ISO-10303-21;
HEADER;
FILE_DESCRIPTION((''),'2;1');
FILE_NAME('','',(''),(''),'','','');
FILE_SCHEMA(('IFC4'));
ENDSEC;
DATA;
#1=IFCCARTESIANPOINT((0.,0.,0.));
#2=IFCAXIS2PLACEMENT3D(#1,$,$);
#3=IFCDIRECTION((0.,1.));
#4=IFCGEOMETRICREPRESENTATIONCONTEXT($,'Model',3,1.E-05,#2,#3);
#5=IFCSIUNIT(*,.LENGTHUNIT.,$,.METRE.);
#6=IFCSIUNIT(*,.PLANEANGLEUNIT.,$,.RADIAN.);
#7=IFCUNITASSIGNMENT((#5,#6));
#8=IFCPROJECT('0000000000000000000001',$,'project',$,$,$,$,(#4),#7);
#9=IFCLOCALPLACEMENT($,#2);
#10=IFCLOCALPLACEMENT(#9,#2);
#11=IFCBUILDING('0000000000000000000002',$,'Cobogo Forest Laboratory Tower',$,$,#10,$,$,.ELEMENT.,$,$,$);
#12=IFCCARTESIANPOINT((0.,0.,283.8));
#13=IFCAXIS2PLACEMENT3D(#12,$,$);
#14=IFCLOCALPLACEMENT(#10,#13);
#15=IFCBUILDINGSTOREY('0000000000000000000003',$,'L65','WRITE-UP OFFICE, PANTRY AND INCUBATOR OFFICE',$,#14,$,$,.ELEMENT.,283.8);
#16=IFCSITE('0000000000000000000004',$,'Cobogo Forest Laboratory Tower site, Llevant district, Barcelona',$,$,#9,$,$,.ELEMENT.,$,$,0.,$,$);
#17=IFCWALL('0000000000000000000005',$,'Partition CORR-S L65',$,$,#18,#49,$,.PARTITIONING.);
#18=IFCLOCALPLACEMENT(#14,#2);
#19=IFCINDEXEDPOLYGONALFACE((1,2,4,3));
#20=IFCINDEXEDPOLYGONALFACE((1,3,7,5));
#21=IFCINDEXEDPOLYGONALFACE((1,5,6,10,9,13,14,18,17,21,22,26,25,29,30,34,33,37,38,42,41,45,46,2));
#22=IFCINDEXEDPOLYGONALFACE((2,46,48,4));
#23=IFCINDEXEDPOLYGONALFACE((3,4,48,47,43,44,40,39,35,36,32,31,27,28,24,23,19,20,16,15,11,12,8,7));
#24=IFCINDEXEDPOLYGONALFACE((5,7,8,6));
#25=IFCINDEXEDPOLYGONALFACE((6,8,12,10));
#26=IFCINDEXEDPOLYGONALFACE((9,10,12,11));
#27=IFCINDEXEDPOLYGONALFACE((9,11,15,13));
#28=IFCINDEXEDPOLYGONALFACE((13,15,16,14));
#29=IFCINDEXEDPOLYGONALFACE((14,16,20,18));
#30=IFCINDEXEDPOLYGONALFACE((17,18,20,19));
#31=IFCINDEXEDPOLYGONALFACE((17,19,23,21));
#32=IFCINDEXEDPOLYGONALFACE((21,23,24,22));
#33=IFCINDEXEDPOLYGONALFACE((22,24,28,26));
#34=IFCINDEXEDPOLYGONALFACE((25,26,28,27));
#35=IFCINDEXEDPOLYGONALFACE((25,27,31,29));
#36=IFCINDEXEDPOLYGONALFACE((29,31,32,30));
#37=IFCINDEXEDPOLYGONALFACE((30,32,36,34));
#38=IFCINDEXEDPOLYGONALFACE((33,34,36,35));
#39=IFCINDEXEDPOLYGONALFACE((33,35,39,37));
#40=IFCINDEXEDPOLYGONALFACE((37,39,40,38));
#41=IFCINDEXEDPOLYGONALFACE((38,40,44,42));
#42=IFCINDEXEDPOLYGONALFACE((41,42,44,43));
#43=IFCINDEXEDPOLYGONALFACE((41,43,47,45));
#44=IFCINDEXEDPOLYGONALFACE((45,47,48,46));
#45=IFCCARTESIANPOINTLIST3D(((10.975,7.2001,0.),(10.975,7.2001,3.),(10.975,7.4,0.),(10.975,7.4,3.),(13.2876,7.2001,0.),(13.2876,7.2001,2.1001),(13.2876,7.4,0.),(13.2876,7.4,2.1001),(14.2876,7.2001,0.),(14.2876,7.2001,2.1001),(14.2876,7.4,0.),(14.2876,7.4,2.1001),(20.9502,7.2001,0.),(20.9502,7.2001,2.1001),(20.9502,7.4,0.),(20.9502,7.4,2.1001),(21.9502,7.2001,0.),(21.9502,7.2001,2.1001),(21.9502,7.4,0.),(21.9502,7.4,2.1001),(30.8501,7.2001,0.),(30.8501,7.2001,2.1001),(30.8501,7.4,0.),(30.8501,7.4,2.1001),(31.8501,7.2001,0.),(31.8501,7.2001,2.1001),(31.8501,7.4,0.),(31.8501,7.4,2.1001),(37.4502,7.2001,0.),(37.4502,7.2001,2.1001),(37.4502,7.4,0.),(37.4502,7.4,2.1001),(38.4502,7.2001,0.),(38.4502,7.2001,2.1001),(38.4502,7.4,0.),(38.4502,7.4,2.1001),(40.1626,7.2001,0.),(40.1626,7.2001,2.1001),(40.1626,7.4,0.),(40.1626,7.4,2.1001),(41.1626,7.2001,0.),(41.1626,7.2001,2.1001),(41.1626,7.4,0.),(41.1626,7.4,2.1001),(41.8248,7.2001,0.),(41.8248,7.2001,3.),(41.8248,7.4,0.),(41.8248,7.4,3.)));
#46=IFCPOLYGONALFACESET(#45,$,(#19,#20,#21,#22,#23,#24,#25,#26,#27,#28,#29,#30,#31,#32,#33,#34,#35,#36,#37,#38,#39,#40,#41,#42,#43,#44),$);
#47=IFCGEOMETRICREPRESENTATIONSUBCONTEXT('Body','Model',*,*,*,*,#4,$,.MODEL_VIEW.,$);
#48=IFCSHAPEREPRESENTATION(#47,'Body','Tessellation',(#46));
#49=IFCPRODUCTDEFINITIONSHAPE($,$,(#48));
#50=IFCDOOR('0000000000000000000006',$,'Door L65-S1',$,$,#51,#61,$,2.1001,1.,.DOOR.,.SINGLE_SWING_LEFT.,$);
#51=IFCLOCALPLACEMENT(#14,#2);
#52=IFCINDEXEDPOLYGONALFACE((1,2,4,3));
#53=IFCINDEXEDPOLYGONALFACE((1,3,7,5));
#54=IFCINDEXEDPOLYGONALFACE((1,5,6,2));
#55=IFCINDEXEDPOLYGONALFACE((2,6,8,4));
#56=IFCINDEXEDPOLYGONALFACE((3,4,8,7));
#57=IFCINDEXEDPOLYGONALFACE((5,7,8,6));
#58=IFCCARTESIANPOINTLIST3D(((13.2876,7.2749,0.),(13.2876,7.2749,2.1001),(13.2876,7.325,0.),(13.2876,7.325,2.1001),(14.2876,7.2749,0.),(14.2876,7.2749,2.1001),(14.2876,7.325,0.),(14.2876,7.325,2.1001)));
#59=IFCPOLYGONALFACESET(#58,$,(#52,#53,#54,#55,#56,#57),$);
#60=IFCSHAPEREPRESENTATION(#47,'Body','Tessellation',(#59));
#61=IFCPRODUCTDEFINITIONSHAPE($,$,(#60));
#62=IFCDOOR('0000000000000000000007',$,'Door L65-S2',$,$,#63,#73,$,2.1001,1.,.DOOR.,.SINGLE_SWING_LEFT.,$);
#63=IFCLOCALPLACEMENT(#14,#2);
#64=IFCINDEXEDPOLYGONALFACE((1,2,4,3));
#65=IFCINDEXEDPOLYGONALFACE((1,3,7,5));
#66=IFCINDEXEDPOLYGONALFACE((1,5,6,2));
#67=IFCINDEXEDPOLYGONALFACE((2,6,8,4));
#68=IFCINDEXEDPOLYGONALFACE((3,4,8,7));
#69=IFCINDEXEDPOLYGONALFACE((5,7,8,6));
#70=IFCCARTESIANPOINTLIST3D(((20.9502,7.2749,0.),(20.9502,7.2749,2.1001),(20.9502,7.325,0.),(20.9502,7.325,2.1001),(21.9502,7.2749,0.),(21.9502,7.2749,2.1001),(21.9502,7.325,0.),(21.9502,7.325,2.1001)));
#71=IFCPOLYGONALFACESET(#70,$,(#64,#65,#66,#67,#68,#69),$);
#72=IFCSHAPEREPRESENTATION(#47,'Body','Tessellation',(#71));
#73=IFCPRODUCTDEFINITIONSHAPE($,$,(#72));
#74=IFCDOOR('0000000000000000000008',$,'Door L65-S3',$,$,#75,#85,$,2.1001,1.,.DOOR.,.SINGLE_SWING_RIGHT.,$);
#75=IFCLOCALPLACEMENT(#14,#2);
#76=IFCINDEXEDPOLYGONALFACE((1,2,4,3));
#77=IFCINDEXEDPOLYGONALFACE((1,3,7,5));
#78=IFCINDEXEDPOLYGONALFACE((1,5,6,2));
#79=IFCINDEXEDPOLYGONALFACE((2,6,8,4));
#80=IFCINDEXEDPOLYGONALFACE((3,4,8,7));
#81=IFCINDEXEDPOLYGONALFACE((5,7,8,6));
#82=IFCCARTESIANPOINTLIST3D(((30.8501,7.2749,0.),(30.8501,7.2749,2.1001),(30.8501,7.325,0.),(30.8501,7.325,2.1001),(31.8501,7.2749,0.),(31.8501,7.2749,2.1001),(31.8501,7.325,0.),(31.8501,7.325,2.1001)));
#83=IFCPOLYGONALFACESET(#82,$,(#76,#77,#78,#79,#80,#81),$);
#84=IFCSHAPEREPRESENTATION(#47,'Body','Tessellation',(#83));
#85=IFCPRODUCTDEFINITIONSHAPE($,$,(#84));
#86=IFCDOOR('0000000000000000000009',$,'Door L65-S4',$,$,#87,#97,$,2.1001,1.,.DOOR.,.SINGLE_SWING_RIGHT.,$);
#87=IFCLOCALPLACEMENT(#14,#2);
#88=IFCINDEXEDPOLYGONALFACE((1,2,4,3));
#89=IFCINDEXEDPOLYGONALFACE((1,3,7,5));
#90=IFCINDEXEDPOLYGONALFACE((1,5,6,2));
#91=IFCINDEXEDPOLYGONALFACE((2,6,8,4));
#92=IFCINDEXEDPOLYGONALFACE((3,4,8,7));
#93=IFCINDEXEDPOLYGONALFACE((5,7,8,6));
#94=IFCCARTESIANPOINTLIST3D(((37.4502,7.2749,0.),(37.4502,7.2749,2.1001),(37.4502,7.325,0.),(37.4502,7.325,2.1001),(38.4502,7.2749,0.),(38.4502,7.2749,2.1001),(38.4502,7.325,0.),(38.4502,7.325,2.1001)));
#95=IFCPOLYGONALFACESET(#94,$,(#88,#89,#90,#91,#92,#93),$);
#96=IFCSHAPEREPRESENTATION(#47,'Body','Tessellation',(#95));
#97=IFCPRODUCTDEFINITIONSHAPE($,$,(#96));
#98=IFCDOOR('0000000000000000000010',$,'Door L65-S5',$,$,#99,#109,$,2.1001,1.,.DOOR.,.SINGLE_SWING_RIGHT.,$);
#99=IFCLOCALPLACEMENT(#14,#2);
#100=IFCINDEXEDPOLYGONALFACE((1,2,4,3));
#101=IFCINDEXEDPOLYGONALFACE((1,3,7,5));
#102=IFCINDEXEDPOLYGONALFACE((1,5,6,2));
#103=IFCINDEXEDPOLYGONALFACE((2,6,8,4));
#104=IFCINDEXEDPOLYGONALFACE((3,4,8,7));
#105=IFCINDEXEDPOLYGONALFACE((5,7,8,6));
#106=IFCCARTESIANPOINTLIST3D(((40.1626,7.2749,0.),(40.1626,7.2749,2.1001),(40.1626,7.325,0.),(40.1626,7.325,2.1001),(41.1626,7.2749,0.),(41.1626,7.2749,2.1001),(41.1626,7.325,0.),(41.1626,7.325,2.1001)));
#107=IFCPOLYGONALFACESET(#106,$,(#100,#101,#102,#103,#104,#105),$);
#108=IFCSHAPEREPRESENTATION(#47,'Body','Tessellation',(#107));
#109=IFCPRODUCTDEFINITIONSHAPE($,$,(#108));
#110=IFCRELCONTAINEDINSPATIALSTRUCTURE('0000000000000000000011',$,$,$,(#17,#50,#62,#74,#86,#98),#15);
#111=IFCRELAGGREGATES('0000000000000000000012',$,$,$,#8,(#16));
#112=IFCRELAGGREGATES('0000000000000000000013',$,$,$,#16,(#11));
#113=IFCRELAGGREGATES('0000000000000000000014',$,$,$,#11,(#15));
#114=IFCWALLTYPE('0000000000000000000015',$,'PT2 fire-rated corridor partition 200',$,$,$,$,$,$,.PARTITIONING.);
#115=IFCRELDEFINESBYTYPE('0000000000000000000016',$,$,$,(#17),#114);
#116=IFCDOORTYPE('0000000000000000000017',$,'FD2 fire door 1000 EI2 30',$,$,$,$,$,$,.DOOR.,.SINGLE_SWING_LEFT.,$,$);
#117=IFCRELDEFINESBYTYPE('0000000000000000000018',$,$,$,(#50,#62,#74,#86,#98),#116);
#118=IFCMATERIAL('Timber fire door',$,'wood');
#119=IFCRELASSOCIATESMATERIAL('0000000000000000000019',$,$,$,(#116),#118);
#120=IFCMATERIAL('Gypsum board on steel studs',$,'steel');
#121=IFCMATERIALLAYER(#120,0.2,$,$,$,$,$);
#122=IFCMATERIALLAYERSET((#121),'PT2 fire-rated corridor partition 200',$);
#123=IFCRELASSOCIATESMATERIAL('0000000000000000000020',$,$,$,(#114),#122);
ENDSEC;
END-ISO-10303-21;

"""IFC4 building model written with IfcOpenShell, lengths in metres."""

from ifc_helpers import new_model, si_unit, direction, frame, frame_2d, origin, place, context, subcontext, project, spatial, rectangle, extrude, material, layer, layer_set, type_object, element, fill, save


model = new_model("IFC4")

# Units and contexts
model_context = context("Model", 3, precision=1e-05, world=origin(), true_north=direction((0.0, 1.0)))
body_context = subcontext(model_context, "Body", "Model", "MODEL_VIEW")
ifc_project = project(units=[si_unit("LENGTHUNIT", "METRE"), si_unit("PLANEANGLEUNIT", "RADIAN")], contexts=[model_context])

# Site, building, storey
site_placement = place(None, origin())
site = spatial("IfcSite", under=ifc_project, at=site_placement, Name="Cobogo Forest Laboratory Tower site, Llevant district, Barcelona", CompositionType="ELEMENT", RefElevation=0.0)
building_placement = place(site_placement, origin())
building = spatial("IfcBuilding", under=site, at=building_placement, Name="Cobogo Forest Laboratory Tower", CompositionType="ELEMENT")
storey_placement = place(building_placement, frame((0.0, 0.0, 283.8)))
storey = spatial("IfcBuildingStorey", under=building, at=storey_placement, Name="L65", Description="WRITE-UP OFFICE, PANTRY AND INCUBATOR OFFICE", CompositionType="ELEMENT", Elevation=283.8)

# Shared definitions
ifc_material_1 = material(Name="Gypsum board on steel studs", Category="steel")
ifc_material_2 = material(Name="Timber fire door", Category="wood")
door_type_1 = type_object("IfcDoorType", Name="FD2 fire door 1000 EI2 30", OperationType="SINGLE_SWING_LEFT", PredefinedType="DOOR", material=ifc_material_2)

# Wall, openings, doors
ifc_layer_1 = layer(ifc_material_1, 0.2)
ifc_layer_set_1 = layer_set([ifc_layer_1], Name="PT2 fire-rated corridor partition 200")
wall_type_1 = type_object("IfcWallType", Name="PT2 fire-rated corridor partition 200", PredefinedType="PARTITIONING", material=ifc_layer_set_1)
wall_1_placement = place(storey_placement, frame((10.9751, 7.3, 0.0), z_axis=(0.0, 0.0, 1.0), x_axis=(1.0, 0.0, 0.0)))
wall_1 = element("IfcWall", 1, at=wall_1_placement, inside=storey, type_object=wall_type_1, Name="Partition CORR-S L65", PredefinedType="PARTITIONING", context=body_context, shape_type="SweptSolid", body=[
    extrude(rectangle(XDim=30.8499, YDim=0.2, at=frame_2d((15.4248, 0.0))), origin(), (0.0, 0.0, 1.0), 3.0),
])
opening_1_placement = place(wall_1_placement, frame((2.3125, 0.0, 0.0)))
opening_1 = element("IfcOpeningElement", 2, at=opening_1_placement, cuts=wall_1, PredefinedType="OPENING", context=body_context, shape_type="SweptSolid", body=[
    extrude(rectangle(XDim=1.0, YDim=2.1001, at=frame_2d((0.5, 1.05))), frame((0.0, 0.1099, 0.0), z_axis=(0.0, -1.0, 0.0), x_axis=(1.0, 0.0, 0.0)), (0.0, 0.0, 1.0), 0.22),
])
opening_2_placement = place(wall_1_placement, frame((9.9751, 0.0, 0.0)))
opening_2 = element("IfcOpeningElement", 3, at=opening_2_placement, cuts=wall_1, PredefinedType="OPENING", context=body_context, shape_type="SweptSolid", body=[
    extrude(rectangle(XDim=1.0, YDim=2.1001, at=frame_2d((0.5, 1.05))), frame((0.0, 0.1099, 0.0), z_axis=(0.0, -1.0, 0.0), x_axis=(1.0, 0.0, 0.0)), (0.0, 0.0, 1.0), 0.22),
])
opening_3_placement = place(wall_1_placement, frame((19.875, 0.0, 0.0)))
opening_3 = element("IfcOpeningElement", 4, at=opening_3_placement, cuts=wall_1, PredefinedType="OPENING", context=body_context, shape_type="SweptSolid", body=[
    extrude(rectangle(XDim=1.0, YDim=2.1001, at=frame_2d((0.5, 1.05))), frame((0.0, 0.1099, 0.0), z_axis=(0.0, -1.0, 0.0), x_axis=(1.0, 0.0, 0.0)), (0.0, 0.0, 1.0), 0.22),
])
opening_4_placement = place(wall_1_placement, frame((26.4751, 0.0, 0.0)))
opening_4 = element("IfcOpeningElement", 5, at=opening_4_placement, cuts=wall_1, PredefinedType="OPENING", context=body_context, shape_type="SweptSolid", body=[
    extrude(rectangle(XDim=1.0, YDim=2.1001, at=frame_2d((0.5, 1.05))), frame((0.0, 0.1099, 0.0), z_axis=(0.0, -1.0, 0.0), x_axis=(1.0, 0.0, 0.0)), (0.0, 0.0, 1.0), 0.22),
])
opening_5_placement = place(wall_1_placement, frame((29.1875, 0.0, 0.0)))
opening_5 = element("IfcOpeningElement", 6, at=opening_5_placement, cuts=wall_1, PredefinedType="OPENING", context=body_context, shape_type="SweptSolid", body=[
    extrude(rectangle(XDim=1.0, YDim=2.1001, at=frame_2d((0.5, 1.05))), frame((0.0, 0.1099, 0.0), z_axis=(0.0, -1.0, 0.0), x_axis=(1.0, 0.0, 0.0)), (0.0, 0.0, 1.0), 0.22),
])
door_1_placement = place(opening_1_placement, origin())
door_1 = element("IfcDoor", 7, at=door_1_placement, inside=storey, type_object=door_type_1, Name="Door L65-S1", OperationType="SINGLE_SWING_LEFT", OverallHeight=2.1001, OverallWidth=1.0, PredefinedType="DOOR", context=body_context, shape_type="SweptSolid", body=[
    extrude(rectangle(XDim=1.0, YDim=2.1001, at=frame_2d((0.5, 1.05))), frame((0.0, 0.0249, 0.0), z_axis=(0.0, -1.0, 0.0), x_axis=(1.0, 0.0, 0.0)), (0.0, 0.0, 1.0), 0.05),
])
fill(opening_1, door_1)
door_2_placement = place(opening_2_placement, origin())
door_2 = element("IfcDoor", 8, at=door_2_placement, inside=storey, type_object=door_type_1, Name="Door L65-S2", OperationType="SINGLE_SWING_LEFT", OverallHeight=2.1001, OverallWidth=1.0, PredefinedType="DOOR", context=body_context, shape_type="SweptSolid", body=[
    extrude(rectangle(XDim=1.0, YDim=2.1001, at=frame_2d((0.5, 1.05))), frame((0.0, 0.0249, 0.0), z_axis=(0.0, -1.0, 0.0), x_axis=(1.0, 0.0, 0.0)), (0.0, 0.0, 1.0), 0.05),
])
fill(opening_2, door_2)
door_3_placement = place(opening_3_placement, origin())
door_3 = element("IfcDoor", 9, at=door_3_placement, inside=storey, type_object=door_type_1, Name="Door L65-S3", OperationType="SINGLE_SWING_RIGHT", OverallHeight=2.1001, OverallWidth=1.0, PredefinedType="DOOR", context=body_context, shape_type="SweptSolid", body=[
    extrude(rectangle(XDim=1.0, YDim=2.1001, at=frame_2d((0.5, 1.05))), frame((0.0, 0.0249, 0.0), z_axis=(0.0, -1.0, 0.0), x_axis=(1.0, 0.0, 0.0)), (0.0, 0.0, 1.0), 0.05),
])
fill(opening_3, door_3)
door_4_placement = place(opening_4_placement, origin())
door_4 = element("IfcDoor", 10, at=door_4_placement, inside=storey, type_object=door_type_1, Name="Door L65-S4", OperationType="SINGLE_SWING_RIGHT", OverallHeight=2.1001, OverallWidth=1.0, PredefinedType="DOOR", context=body_context, shape_type="SweptSolid", body=[
    extrude(rectangle(XDim=1.0, YDim=2.1001, at=frame_2d((0.5, 1.05))), frame((0.0, 0.0249, 0.0), z_axis=(0.0, -1.0, 0.0), x_axis=(1.0, 0.0, 0.0)), (0.0, 0.0, 1.0), 0.05),
])
fill(opening_4, door_4)
door_5_placement = place(opening_5_placement, origin())
door_5 = element("IfcDoor", 11, at=door_5_placement, inside=storey, type_object=door_type_1, Name="Door L65-S5", OperationType="SINGLE_SWING_RIGHT", OverallHeight=2.1001, OverallWidth=1.0, PredefinedType="DOOR", context=body_context, shape_type="SweptSolid", body=[
    extrude(rectangle(XDim=1.0, YDim=2.1001, at=frame_2d((0.5, 1.05))), frame((0.0, 0.0249, 0.0), z_axis=(0.0, -1.0, 0.0), x_axis=(1.0, 0.0, 0.0)), (0.0, 0.0, 1.0), 0.05),
])
fill(opening_5, door_5)

save(model, "model.ifc")
